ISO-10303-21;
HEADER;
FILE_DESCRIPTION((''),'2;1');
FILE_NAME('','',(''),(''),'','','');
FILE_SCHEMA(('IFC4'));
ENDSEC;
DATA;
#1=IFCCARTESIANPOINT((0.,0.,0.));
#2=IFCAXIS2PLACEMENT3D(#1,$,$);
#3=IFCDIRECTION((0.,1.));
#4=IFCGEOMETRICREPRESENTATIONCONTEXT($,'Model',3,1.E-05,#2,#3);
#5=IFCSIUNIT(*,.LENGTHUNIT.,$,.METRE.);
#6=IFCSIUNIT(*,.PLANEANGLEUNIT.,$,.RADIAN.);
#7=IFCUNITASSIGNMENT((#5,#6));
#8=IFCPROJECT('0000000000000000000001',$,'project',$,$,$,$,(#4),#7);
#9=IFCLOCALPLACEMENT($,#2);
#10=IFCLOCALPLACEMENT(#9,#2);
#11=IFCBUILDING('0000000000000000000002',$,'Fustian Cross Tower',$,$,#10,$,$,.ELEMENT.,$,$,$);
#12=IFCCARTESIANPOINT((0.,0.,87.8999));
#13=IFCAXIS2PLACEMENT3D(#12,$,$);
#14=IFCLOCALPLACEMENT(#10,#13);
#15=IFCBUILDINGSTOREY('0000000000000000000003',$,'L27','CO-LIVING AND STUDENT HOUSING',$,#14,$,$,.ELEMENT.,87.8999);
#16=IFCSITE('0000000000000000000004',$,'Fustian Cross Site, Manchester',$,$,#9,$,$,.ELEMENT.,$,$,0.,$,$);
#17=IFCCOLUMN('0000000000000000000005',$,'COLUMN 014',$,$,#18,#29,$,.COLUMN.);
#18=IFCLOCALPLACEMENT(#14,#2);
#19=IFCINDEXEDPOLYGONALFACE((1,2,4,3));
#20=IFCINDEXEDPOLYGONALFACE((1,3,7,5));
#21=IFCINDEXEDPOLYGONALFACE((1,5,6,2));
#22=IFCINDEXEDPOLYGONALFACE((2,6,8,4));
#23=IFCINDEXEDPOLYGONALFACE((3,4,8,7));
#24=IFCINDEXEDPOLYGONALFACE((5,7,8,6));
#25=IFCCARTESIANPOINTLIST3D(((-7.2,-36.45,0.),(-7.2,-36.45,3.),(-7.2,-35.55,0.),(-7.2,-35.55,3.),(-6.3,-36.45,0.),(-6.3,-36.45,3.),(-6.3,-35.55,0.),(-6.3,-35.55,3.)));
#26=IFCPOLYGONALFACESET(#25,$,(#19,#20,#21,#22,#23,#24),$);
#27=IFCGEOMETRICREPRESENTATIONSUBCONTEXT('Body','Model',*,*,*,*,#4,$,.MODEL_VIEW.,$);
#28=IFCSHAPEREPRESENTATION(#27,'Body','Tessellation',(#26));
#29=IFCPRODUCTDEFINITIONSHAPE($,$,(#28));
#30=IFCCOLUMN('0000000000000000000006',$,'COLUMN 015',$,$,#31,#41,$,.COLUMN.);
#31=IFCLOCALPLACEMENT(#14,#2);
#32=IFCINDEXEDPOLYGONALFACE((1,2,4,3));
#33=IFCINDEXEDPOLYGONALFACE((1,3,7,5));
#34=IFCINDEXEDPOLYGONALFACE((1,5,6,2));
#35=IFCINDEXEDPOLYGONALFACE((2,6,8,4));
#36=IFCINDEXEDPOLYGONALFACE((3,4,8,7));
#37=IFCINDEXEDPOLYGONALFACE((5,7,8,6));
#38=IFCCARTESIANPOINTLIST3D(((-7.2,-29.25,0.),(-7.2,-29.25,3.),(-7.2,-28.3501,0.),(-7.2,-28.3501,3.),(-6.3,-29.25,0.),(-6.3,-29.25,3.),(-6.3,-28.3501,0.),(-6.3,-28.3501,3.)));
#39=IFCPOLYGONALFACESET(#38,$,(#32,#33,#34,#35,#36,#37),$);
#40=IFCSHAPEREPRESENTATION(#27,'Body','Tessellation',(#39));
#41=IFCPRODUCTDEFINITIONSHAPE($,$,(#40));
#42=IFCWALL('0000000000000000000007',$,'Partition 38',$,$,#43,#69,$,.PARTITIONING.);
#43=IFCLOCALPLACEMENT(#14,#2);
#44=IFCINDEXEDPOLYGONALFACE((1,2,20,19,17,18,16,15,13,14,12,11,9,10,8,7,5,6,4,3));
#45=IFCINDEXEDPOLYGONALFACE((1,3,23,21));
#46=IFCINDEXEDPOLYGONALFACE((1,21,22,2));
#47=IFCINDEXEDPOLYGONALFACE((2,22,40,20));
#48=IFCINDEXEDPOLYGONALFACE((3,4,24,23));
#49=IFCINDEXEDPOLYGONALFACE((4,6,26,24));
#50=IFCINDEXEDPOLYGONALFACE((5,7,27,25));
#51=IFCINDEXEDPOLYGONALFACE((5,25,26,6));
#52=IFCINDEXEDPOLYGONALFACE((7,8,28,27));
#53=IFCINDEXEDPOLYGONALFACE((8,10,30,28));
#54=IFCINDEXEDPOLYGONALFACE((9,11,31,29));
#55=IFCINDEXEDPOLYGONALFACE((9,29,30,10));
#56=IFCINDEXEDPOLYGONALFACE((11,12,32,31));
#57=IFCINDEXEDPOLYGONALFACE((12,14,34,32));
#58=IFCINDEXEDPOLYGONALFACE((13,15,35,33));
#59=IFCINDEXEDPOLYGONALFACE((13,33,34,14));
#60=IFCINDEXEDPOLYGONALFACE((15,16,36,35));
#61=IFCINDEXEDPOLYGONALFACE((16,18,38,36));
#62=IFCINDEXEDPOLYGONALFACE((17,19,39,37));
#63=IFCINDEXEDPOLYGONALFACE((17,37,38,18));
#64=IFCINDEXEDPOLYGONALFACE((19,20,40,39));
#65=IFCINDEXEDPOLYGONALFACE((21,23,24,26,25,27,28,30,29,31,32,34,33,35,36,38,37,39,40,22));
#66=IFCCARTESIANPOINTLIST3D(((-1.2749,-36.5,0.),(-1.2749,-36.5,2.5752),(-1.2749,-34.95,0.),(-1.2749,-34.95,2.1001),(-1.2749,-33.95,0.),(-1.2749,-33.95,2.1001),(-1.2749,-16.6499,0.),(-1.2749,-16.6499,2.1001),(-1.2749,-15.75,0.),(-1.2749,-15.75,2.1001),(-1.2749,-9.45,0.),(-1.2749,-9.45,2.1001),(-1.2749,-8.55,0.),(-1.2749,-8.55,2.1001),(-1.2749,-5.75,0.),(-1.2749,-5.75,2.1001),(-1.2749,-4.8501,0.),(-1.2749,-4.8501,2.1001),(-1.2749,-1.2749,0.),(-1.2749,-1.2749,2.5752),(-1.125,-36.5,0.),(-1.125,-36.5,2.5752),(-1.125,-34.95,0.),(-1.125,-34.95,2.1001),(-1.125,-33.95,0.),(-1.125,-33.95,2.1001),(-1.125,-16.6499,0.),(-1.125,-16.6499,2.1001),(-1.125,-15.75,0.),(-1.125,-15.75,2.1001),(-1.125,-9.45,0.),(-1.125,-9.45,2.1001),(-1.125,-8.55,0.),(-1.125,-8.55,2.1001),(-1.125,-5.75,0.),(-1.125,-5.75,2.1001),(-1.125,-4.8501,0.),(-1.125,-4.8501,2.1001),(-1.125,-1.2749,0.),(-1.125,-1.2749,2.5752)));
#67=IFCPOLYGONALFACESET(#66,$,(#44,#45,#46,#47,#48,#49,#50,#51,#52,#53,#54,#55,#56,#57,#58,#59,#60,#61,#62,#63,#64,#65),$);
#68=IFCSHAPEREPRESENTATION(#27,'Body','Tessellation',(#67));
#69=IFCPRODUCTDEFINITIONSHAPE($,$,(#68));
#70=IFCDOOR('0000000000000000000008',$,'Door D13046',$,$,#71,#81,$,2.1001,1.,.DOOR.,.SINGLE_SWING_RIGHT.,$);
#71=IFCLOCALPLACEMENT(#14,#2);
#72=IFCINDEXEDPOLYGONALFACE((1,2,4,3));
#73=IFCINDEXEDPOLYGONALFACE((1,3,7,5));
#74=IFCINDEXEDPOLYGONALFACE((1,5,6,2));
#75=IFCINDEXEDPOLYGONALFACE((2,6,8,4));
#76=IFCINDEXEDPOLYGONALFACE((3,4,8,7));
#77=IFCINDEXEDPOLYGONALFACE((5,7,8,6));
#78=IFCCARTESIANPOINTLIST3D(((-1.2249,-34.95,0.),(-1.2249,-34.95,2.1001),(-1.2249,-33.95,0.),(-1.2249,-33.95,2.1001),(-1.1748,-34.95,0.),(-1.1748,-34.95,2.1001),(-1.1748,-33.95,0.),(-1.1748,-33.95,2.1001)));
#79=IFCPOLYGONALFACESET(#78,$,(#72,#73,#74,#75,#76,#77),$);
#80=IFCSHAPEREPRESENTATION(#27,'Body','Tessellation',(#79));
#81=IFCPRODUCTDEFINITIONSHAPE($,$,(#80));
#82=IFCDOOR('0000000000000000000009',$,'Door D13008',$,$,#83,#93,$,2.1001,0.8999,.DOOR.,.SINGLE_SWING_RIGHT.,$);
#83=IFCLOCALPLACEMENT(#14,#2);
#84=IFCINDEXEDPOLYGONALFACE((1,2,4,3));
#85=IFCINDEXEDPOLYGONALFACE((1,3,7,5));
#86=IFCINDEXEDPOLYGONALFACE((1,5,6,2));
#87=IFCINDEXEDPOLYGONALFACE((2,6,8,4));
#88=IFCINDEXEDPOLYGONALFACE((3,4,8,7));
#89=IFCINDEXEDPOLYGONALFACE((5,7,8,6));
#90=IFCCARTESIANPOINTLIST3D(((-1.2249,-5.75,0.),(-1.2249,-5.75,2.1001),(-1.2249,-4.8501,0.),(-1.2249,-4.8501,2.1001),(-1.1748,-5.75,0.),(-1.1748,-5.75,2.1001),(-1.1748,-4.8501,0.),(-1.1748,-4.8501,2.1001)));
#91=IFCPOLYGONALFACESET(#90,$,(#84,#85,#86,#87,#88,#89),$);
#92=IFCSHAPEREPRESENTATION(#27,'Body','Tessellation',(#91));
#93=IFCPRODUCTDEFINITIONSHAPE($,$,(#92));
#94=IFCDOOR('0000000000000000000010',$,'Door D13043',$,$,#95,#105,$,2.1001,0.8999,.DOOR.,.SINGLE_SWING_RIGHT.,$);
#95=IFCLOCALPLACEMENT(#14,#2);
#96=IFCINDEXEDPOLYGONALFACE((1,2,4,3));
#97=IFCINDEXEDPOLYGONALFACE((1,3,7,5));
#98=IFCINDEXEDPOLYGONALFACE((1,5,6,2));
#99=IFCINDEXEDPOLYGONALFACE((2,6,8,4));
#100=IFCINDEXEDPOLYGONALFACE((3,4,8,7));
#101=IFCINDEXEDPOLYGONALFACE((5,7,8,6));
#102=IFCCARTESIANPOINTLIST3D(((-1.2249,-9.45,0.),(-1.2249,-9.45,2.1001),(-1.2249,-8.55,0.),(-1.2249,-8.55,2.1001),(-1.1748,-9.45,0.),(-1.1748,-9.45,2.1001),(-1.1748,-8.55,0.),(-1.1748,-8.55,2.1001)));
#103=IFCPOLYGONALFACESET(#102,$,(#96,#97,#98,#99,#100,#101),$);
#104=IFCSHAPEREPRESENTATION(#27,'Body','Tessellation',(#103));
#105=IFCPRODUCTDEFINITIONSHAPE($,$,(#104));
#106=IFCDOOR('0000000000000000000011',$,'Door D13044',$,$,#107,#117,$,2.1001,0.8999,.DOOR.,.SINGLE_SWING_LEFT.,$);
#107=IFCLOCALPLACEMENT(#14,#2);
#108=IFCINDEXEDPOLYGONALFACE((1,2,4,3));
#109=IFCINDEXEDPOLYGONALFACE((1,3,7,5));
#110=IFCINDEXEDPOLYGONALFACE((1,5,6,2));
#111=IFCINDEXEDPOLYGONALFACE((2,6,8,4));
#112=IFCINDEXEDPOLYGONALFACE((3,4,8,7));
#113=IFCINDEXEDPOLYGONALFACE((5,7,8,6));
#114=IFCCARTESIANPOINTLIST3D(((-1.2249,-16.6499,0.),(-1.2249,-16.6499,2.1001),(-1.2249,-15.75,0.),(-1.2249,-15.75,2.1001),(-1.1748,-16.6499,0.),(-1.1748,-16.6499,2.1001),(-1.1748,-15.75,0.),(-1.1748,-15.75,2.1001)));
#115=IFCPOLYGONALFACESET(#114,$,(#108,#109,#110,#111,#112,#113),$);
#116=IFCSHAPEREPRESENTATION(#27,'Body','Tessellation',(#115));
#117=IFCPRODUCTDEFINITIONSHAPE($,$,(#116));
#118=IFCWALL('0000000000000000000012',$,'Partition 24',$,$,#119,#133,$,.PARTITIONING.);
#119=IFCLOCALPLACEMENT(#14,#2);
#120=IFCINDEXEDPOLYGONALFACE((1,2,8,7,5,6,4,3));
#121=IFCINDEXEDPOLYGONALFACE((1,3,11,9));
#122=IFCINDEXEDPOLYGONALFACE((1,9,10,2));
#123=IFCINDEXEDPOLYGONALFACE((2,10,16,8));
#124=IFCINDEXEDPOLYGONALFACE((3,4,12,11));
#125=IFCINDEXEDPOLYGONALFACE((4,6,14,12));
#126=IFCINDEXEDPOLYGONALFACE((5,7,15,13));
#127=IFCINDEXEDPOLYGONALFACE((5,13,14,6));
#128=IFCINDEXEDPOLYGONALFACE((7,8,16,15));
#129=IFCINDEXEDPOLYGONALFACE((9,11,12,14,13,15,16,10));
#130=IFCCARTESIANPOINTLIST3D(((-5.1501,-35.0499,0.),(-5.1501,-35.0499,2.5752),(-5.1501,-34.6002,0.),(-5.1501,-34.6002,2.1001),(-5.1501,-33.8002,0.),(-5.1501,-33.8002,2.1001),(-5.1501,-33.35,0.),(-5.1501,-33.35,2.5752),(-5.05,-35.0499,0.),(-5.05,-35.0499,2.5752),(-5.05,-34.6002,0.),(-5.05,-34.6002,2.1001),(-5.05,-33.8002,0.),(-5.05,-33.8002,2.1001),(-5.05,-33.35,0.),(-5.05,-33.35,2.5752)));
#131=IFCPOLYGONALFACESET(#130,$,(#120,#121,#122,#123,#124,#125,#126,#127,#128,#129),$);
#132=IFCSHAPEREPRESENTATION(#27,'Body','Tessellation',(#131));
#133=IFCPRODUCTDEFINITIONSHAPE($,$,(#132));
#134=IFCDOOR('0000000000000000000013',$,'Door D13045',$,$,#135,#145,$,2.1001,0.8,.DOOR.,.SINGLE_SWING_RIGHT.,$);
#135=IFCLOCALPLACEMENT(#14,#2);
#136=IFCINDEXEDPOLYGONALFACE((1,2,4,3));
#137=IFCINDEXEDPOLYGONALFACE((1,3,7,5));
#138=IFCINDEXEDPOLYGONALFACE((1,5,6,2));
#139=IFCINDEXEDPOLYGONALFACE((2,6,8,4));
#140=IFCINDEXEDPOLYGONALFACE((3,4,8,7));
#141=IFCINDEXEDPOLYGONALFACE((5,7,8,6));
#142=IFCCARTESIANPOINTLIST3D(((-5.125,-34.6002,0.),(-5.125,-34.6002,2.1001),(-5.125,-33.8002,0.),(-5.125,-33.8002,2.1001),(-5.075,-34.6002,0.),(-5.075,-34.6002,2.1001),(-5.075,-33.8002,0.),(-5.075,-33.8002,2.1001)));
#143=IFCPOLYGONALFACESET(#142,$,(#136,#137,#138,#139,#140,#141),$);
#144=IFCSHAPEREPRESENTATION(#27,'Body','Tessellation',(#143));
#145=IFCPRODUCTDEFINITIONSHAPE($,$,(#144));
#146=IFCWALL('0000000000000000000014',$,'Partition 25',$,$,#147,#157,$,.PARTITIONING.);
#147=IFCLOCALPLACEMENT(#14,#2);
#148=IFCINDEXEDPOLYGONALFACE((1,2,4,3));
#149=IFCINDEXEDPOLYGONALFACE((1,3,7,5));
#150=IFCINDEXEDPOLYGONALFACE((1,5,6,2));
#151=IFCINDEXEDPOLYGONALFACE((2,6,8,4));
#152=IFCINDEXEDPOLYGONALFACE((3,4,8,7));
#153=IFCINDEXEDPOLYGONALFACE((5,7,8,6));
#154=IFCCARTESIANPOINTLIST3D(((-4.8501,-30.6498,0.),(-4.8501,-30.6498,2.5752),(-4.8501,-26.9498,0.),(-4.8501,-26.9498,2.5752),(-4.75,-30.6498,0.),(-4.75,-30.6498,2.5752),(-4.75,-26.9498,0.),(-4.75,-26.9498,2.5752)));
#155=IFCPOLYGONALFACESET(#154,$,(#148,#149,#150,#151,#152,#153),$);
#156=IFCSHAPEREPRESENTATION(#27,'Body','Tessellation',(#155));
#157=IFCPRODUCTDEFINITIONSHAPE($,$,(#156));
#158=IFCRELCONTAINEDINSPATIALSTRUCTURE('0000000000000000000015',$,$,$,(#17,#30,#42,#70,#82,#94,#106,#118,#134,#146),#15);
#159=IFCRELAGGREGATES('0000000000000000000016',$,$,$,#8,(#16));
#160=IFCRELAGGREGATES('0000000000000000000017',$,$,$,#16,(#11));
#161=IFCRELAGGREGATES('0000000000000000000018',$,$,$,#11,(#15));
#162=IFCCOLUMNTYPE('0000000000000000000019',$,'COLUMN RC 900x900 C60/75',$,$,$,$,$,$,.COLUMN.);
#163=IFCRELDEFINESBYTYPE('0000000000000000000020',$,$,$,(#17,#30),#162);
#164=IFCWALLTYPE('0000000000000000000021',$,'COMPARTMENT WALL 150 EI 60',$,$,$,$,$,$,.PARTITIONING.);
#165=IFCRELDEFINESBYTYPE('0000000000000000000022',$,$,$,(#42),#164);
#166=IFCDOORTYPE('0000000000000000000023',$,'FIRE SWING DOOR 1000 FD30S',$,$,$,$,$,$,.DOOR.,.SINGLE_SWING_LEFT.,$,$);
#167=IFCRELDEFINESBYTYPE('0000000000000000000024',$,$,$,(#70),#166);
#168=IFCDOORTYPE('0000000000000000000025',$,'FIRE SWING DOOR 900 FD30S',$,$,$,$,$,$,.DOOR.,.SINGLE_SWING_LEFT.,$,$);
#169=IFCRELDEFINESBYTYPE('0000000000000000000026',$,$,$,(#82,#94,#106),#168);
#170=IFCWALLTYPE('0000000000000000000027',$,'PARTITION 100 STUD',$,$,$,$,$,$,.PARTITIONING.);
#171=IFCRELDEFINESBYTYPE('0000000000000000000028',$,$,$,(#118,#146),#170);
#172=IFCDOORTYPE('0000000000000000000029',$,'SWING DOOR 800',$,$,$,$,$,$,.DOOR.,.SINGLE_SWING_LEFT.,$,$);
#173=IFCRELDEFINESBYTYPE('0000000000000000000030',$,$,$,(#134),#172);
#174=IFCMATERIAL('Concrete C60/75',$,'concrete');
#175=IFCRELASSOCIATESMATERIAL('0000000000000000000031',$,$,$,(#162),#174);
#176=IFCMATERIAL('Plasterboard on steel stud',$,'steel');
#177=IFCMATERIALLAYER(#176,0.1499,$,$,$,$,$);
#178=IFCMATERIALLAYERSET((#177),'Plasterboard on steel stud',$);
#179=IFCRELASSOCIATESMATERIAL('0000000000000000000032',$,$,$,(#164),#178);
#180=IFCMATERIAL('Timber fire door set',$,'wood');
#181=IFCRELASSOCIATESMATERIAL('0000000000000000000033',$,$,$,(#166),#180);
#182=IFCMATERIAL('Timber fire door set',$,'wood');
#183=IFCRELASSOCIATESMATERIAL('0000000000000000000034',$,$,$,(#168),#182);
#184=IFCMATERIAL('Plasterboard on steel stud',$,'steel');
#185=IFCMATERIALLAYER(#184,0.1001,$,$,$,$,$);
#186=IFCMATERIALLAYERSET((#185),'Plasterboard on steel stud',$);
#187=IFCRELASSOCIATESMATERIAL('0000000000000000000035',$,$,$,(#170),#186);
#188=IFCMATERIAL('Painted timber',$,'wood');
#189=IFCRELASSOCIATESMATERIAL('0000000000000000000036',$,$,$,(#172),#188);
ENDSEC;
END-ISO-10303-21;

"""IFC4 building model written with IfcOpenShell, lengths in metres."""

from ifc_helpers import new_model, si_unit, direction, frame, frame_2d, origin, origin_2d, place, context, subcontext, project, spatial, rectangle, extrude, material, layer, layer_set, material_profile, profile_set, type_object, element, fill, save


model = new_model("IFC4")

# Units and contexts
model_context = context("Model", 3, precision=1e-05, world=origin(), true_north=direction((0.0, 1.0)))
body_context = subcontext(model_context, "Body", "Model", "MODEL_VIEW")
ifc_project = project(units=[si_unit("LENGTHUNIT", "METRE"), si_unit("PLANEANGLEUNIT", "RADIAN")], contexts=[model_context])

# Site, building, storey
site_placement = place(None, origin())
site = spatial("IfcSite", under=ifc_project, at=site_placement, Name="Fustian Cross Site, Manchester", CompositionType="ELEMENT", RefElevation=0.0)
building_placement = place(site_placement, origin())
building = spatial("IfcBuilding", under=site, at=building_placement, Name="Fustian Cross Tower", CompositionType="ELEMENT")
storey_placement = place(building_placement, frame((0.0, 0.0, 87.8999)))
storey = spatial("IfcBuildingStorey", under=building, at=storey_placement, Name="L27", Description="CO-LIVING AND STUDENT HOUSING", CompositionType="ELEMENT", Elevation=87.8999)

# Columns
ifc_material_1 = material(Name="Concrete C60/75", Category="concrete")
ifc_material_profile = material_profile(ifc_material_1, rectangle(XDim=0.8999, YDim=0.8999, at=origin_2d()), Name="RC 900x900")
ifc_profile_set = profile_set([ifc_material_profile], Name="Concrete C60/75")
column_type = type_object("IfcColumnType", Name="COLUMN RC 900x900 C60/75", PredefinedType="COLUMN", material=ifc_profile_set)
for number, where, z_axis, x_axis, name in (
    (1, (-6.75, -36.0, 0.0), (0.0, 0.0, 1.0), (1.0, 0.0, 0.0), "COLUMN 014"),
    (2, (-6.75, -28.8, 0.0), (0.0, 0.0, 1.0), (1.0, 0.0, 0.0), "COLUMN 015"),
):
    element("IfcColumn", number, at=place(storey_placement, frame(where, z_axis=z_axis, x_axis=x_axis)), inside=storey, type_object=column_type, Name=name, PredefinedType="COLUMN", context=body_context, shape_type="SweptSolid", body=[
        extrude(rectangle(XDim=0.8999, YDim=0.8999, at=origin_2d()), origin(), (0.0, 0.0, 1.0), 3.0),
    ])

# Wall, openings, doors
ifc_material_2 = material(Name="Plasterboard on steel stud", Category="steel")
ifc_layer_1 = layer(ifc_material_2, 0.1499)
ifc_layer_set_1 = layer_set([ifc_layer_1], Name="Plasterboard on steel stud")
wall_type_1 = type_object("IfcWallType", Name="COMPARTMENT WALL 150 EI 60", PredefinedType="PARTITIONING", material=ifc_layer_set_1)
wall_1_placement = place(storey_placement, frame((-1.2, -36.5, 0.0), z_axis=(0.0, 0.0, 1.0), x_axis=(0.0, 1.0, 0.0)))
wall_1 = element("IfcWall", 3, at=wall_1_placement, inside=storey, type_object=wall_type_1, Name="Partition 38", PredefinedType="PARTITIONING", context=body_context, shape_type="SweptSolid", body=[
    extrude(rectangle(XDim=35.2251, YDim=0.1499, at=frame_2d((17.6125, 0.0))), origin(), (0.0, 0.0, 1.0), 2.5752),
])
opening_1_placement = place(wall_1_placement, frame((30.75, 0.0, 0.0)))
opening_1 = element("IfcOpeningElement", 4, at=opening_1_placement, cuts=wall_1, PredefinedType="OPENING", context=body_context, shape_type="SweptSolid", body=[
    extrude(rectangle(XDim=0.8999, YDim=2.1001, at=frame_2d((0.45, 1.05))), frame((0.0, 0.085, 0.0), z_axis=(0.0, -1.0, 0.0), x_axis=(1.0, 0.0, 0.0)), (0.0, 0.0, 1.0), 0.1699),
])
opening_2_placement = place(wall_1_placement, frame((27.05, 0.0, 0.0)))
opening_2 = element("IfcOpeningElement", 5, at=opening_2_placement, cuts=wall_1, PredefinedType="OPENING", context=body_context, shape_type="SweptSolid", body=[
    extrude(rectangle(XDim=0.8999, YDim=2.1001, at=frame_2d((0.45, 1.05))), frame((0.0, 0.085, 0.0), z_axis=(0.0, -1.0, 0.0), x_axis=(1.0, 0.0, 0.0)), (0.0, 0.0, 1.0), 0.1699),
])
opening_3_placement = place(wall_1_placement, frame((19.8501, 0.0, 0.0)))
opening_3 = element("IfcOpeningElement", 6, at=opening_3_placement, cuts=wall_1, PredefinedType="OPENING", context=body_context, shape_type="SweptSolid", body=[
    extrude(rectangle(XDim=0.8999, YDim=2.1001, at=frame_2d((0.45, 1.05))), frame((0.0, 0.085, 0.0), z_axis=(0.0, -1.0, 0.0), x_axis=(1.0, 0.0, 0.0)), (0.0, 0.0, 1.0), 0.1699),
])
opening_4_placement = place(wall_1_placement, frame((1.55, 0.0, 0.0)))
opening_4 = element("IfcOpeningElement", 7, at=opening_4_placement, cuts=wall_1, PredefinedType="OPENING", context=body_context, shape_type="SweptSolid", body=[
    extrude(rectangle(XDim=1.0, YDim=2.1001, at=frame_2d((0.5, 1.05))), frame((0.0, 0.085, 0.0), z_axis=(0.0, -1.0, 0.0), x_axis=(1.0, 0.0, 0.0)), (0.0, 0.0, 1.0), 0.1699),
])
ifc_material_3 = material(Name="Timber fire door set", Category="wood")
door_type_1 = type_object("IfcDoorType", Name="FIRE SWING DOOR 1000 FD30S", OperationType="SINGLE_SWING_LEFT", PredefinedType="DOOR", material=ifc_material_3)
door_1_placement = place(opening_4_placement, origin())
door_1 = element("IfcDoor", 8, at=door_1_placement, inside=storey, type_object=door_type_1, Name="Door D13046", OperationType="SINGLE_SWING_RIGHT", OverallHeight=2.1001, OverallWidth=1.0, PredefinedType="DOOR", context=body_context, shape_type="SweptSolid", body=[
    extrude(rectangle(XDim=1.0, YDim=2.1001, at=frame_2d((0.5, 1.05))), frame((0.0, 0.0249, 0.0), z_axis=(0.0, -1.0, 0.0), x_axis=(1.0, 0.0, 0.0)), (0.0, 0.0, 1.0), 0.05),
])
fill(opening_4, door_1)
ifc_material_4 = material(Name="Timber fire door set", Category="wood")
door_type_2 = type_object("IfcDoorType", Name="FIRE SWING DOOR 900 FD30S", OperationType="SINGLE_SWING_LEFT", PredefinedType="DOOR", material=ifc_material_4)
door_2_placement = place(opening_1_placement, origin())
door_2 = element("IfcDoor", 9, at=door_2_placement, inside=storey, type_object=door_type_2, Name="Door D13008", OperationType="SINGLE_SWING_RIGHT", OverallHeight=2.1001, OverallWidth=0.8999, PredefinedType="DOOR", context=body_context, shape_type="SweptSolid", body=[
    extrude(rectangle(XDim=0.8999, YDim=2.1001, at=frame_2d((0.45, 1.05))), frame((0.0, 0.0249, 0.0), z_axis=(0.0, -1.0, 0.0), x_axis=(1.0, 0.0, 0.0)), (0.0, 0.0, 1.0), 0.05),
])
fill(opening_1, door_2)
door_3_placement = place(opening_2_placement, origin())
door_3 = element("IfcDoor", 10, at=door_3_placement, inside=storey, type_object=door_type_2, Name="Door D13043", OperationType="SINGLE_SWING_RIGHT", OverallHeight=2.1001, OverallWidth=0.8999, PredefinedType="DOOR", context=body_context, shape_type="SweptSolid", body=[
    extrude(rectangle(XDim=0.8999, YDim=2.1001, at=frame_2d((0.45, 1.05))), frame((0.0, 0.0249, 0.0), z_axis=(0.0, -1.0, 0.0), x_axis=(1.0, 0.0, 0.0)), (0.0, 0.0, 1.0), 0.05),
])
fill(opening_2, door_3)
door_4_placement = place(opening_3_placement, origin())
door_4 = element("IfcDoor", 11, at=door_4_placement, inside=storey, type_object=door_type_2, Name="Door D13044", OperationType="SINGLE_SWING_LEFT", OverallHeight=2.1001, OverallWidth=0.8999, PredefinedType="DOOR", context=body_context, shape_type="SweptSolid", body=[
    extrude(rectangle(XDim=0.8999, YDim=2.1001, at=frame_2d((0.45, 1.05))), frame((0.0, 0.0249, 0.0), z_axis=(0.0, -1.0, 0.0), x_axis=(1.0, 0.0, 0.0)), (0.0, 0.0, 1.0), 0.05),
])
fill(opening_3, door_4)

# Wall, opening, door
ifc_material_5 = material(Name="Plasterboard on steel stud", Category="steel")
ifc_layer_2 = layer(ifc_material_5, 0.1001)
ifc_layer_set_2 = layer_set([ifc_layer_2], Name="Plasterboard on steel stud")
wall_type_2 = type_object("IfcWallType", Name="PARTITION 100 STUD", PredefinedType="PARTITIONING", material=ifc_layer_set_2)
wall_2_placement = place(storey_placement, frame((-5.1001, -35.05, 0.0), z_axis=(0.0, 0.0, 1.0), x_axis=(0.0, 1.0, 0.0)))
wall_2 = element("IfcWall", 12, at=wall_2_placement, inside=storey, type_object=wall_type_2, Name="Partition 24", PredefinedType="PARTITIONING", context=body_context, shape_type="SweptSolid", body=[
    extrude(rectangle(XDim=1.7, YDim=0.1001, at=frame_2d((0.8501, 0.0))), origin(), (0.0, 0.0, 1.0), 2.5752),
])
opening_5_placement = place(wall_2_placement, frame((0.45, 0.0, 0.0)))
opening_5 = element("IfcOpeningElement", 13, at=opening_5_placement, cuts=wall_2, PredefinedType="OPENING", context=body_context, shape_type="SweptSolid", body=[
    extrude(rectangle(XDim=0.8, YDim=2.1001, at=frame_2d((0.3999, 1.05))), frame((0.0, 0.0601, 0.0), z_axis=(0.0, -1.0, 0.0), x_axis=(1.0, 0.0, 0.0)), (0.0, 0.0, 1.0), 0.1201),
])
ifc_material_6 = material(Name="Painted timber", Category="wood")
door_type_3 = type_object("IfcDoorType", Name="SWING DOOR 800", OperationType="SINGLE_SWING_LEFT", PredefinedType="DOOR", material=ifc_material_6)
door_5_placement = place(opening_5_placement, origin())
door_5 = element("IfcDoor", 14, at=door_5_placement, inside=storey, type_object=door_type_3, Name="Door D13045", OperationType="SINGLE_SWING_RIGHT", OverallHeight=2.1001, OverallWidth=0.8, PredefinedType="DOOR", context=body_context, shape_type="SweptSolid", body=[
    extrude(rectangle(XDim=0.8, YDim=2.1001, at=frame_2d((0.3999, 1.05))), frame((0.0, 0.0249, 0.0), z_axis=(0.0, -1.0, 0.0), x_axis=(1.0, 0.0, 0.0)), (0.0, 0.0, 1.0), 0.05),
])
fill(opening_5, door_5)

# Wall
wall_3_placement = place(storey_placement, frame((-4.8, -30.6499, 0.0), z_axis=(0.0, 0.0, 1.0), x_axis=(0.0, 1.0, 0.0)))
element("IfcWall", 15, at=wall_3_placement, inside=storey, type_object=wall_type_2, Name="Partition 25", PredefinedType="PARTITIONING", context=body_context, shape_type="SweptSolid", body=[
    extrude(rectangle(XDim=3.7, YDim=0.1001, at=frame_2d((1.8501, 0.0))), origin(), (0.0, 0.0, 1.0), 2.5752),
])

save(model, "model.ifc")
